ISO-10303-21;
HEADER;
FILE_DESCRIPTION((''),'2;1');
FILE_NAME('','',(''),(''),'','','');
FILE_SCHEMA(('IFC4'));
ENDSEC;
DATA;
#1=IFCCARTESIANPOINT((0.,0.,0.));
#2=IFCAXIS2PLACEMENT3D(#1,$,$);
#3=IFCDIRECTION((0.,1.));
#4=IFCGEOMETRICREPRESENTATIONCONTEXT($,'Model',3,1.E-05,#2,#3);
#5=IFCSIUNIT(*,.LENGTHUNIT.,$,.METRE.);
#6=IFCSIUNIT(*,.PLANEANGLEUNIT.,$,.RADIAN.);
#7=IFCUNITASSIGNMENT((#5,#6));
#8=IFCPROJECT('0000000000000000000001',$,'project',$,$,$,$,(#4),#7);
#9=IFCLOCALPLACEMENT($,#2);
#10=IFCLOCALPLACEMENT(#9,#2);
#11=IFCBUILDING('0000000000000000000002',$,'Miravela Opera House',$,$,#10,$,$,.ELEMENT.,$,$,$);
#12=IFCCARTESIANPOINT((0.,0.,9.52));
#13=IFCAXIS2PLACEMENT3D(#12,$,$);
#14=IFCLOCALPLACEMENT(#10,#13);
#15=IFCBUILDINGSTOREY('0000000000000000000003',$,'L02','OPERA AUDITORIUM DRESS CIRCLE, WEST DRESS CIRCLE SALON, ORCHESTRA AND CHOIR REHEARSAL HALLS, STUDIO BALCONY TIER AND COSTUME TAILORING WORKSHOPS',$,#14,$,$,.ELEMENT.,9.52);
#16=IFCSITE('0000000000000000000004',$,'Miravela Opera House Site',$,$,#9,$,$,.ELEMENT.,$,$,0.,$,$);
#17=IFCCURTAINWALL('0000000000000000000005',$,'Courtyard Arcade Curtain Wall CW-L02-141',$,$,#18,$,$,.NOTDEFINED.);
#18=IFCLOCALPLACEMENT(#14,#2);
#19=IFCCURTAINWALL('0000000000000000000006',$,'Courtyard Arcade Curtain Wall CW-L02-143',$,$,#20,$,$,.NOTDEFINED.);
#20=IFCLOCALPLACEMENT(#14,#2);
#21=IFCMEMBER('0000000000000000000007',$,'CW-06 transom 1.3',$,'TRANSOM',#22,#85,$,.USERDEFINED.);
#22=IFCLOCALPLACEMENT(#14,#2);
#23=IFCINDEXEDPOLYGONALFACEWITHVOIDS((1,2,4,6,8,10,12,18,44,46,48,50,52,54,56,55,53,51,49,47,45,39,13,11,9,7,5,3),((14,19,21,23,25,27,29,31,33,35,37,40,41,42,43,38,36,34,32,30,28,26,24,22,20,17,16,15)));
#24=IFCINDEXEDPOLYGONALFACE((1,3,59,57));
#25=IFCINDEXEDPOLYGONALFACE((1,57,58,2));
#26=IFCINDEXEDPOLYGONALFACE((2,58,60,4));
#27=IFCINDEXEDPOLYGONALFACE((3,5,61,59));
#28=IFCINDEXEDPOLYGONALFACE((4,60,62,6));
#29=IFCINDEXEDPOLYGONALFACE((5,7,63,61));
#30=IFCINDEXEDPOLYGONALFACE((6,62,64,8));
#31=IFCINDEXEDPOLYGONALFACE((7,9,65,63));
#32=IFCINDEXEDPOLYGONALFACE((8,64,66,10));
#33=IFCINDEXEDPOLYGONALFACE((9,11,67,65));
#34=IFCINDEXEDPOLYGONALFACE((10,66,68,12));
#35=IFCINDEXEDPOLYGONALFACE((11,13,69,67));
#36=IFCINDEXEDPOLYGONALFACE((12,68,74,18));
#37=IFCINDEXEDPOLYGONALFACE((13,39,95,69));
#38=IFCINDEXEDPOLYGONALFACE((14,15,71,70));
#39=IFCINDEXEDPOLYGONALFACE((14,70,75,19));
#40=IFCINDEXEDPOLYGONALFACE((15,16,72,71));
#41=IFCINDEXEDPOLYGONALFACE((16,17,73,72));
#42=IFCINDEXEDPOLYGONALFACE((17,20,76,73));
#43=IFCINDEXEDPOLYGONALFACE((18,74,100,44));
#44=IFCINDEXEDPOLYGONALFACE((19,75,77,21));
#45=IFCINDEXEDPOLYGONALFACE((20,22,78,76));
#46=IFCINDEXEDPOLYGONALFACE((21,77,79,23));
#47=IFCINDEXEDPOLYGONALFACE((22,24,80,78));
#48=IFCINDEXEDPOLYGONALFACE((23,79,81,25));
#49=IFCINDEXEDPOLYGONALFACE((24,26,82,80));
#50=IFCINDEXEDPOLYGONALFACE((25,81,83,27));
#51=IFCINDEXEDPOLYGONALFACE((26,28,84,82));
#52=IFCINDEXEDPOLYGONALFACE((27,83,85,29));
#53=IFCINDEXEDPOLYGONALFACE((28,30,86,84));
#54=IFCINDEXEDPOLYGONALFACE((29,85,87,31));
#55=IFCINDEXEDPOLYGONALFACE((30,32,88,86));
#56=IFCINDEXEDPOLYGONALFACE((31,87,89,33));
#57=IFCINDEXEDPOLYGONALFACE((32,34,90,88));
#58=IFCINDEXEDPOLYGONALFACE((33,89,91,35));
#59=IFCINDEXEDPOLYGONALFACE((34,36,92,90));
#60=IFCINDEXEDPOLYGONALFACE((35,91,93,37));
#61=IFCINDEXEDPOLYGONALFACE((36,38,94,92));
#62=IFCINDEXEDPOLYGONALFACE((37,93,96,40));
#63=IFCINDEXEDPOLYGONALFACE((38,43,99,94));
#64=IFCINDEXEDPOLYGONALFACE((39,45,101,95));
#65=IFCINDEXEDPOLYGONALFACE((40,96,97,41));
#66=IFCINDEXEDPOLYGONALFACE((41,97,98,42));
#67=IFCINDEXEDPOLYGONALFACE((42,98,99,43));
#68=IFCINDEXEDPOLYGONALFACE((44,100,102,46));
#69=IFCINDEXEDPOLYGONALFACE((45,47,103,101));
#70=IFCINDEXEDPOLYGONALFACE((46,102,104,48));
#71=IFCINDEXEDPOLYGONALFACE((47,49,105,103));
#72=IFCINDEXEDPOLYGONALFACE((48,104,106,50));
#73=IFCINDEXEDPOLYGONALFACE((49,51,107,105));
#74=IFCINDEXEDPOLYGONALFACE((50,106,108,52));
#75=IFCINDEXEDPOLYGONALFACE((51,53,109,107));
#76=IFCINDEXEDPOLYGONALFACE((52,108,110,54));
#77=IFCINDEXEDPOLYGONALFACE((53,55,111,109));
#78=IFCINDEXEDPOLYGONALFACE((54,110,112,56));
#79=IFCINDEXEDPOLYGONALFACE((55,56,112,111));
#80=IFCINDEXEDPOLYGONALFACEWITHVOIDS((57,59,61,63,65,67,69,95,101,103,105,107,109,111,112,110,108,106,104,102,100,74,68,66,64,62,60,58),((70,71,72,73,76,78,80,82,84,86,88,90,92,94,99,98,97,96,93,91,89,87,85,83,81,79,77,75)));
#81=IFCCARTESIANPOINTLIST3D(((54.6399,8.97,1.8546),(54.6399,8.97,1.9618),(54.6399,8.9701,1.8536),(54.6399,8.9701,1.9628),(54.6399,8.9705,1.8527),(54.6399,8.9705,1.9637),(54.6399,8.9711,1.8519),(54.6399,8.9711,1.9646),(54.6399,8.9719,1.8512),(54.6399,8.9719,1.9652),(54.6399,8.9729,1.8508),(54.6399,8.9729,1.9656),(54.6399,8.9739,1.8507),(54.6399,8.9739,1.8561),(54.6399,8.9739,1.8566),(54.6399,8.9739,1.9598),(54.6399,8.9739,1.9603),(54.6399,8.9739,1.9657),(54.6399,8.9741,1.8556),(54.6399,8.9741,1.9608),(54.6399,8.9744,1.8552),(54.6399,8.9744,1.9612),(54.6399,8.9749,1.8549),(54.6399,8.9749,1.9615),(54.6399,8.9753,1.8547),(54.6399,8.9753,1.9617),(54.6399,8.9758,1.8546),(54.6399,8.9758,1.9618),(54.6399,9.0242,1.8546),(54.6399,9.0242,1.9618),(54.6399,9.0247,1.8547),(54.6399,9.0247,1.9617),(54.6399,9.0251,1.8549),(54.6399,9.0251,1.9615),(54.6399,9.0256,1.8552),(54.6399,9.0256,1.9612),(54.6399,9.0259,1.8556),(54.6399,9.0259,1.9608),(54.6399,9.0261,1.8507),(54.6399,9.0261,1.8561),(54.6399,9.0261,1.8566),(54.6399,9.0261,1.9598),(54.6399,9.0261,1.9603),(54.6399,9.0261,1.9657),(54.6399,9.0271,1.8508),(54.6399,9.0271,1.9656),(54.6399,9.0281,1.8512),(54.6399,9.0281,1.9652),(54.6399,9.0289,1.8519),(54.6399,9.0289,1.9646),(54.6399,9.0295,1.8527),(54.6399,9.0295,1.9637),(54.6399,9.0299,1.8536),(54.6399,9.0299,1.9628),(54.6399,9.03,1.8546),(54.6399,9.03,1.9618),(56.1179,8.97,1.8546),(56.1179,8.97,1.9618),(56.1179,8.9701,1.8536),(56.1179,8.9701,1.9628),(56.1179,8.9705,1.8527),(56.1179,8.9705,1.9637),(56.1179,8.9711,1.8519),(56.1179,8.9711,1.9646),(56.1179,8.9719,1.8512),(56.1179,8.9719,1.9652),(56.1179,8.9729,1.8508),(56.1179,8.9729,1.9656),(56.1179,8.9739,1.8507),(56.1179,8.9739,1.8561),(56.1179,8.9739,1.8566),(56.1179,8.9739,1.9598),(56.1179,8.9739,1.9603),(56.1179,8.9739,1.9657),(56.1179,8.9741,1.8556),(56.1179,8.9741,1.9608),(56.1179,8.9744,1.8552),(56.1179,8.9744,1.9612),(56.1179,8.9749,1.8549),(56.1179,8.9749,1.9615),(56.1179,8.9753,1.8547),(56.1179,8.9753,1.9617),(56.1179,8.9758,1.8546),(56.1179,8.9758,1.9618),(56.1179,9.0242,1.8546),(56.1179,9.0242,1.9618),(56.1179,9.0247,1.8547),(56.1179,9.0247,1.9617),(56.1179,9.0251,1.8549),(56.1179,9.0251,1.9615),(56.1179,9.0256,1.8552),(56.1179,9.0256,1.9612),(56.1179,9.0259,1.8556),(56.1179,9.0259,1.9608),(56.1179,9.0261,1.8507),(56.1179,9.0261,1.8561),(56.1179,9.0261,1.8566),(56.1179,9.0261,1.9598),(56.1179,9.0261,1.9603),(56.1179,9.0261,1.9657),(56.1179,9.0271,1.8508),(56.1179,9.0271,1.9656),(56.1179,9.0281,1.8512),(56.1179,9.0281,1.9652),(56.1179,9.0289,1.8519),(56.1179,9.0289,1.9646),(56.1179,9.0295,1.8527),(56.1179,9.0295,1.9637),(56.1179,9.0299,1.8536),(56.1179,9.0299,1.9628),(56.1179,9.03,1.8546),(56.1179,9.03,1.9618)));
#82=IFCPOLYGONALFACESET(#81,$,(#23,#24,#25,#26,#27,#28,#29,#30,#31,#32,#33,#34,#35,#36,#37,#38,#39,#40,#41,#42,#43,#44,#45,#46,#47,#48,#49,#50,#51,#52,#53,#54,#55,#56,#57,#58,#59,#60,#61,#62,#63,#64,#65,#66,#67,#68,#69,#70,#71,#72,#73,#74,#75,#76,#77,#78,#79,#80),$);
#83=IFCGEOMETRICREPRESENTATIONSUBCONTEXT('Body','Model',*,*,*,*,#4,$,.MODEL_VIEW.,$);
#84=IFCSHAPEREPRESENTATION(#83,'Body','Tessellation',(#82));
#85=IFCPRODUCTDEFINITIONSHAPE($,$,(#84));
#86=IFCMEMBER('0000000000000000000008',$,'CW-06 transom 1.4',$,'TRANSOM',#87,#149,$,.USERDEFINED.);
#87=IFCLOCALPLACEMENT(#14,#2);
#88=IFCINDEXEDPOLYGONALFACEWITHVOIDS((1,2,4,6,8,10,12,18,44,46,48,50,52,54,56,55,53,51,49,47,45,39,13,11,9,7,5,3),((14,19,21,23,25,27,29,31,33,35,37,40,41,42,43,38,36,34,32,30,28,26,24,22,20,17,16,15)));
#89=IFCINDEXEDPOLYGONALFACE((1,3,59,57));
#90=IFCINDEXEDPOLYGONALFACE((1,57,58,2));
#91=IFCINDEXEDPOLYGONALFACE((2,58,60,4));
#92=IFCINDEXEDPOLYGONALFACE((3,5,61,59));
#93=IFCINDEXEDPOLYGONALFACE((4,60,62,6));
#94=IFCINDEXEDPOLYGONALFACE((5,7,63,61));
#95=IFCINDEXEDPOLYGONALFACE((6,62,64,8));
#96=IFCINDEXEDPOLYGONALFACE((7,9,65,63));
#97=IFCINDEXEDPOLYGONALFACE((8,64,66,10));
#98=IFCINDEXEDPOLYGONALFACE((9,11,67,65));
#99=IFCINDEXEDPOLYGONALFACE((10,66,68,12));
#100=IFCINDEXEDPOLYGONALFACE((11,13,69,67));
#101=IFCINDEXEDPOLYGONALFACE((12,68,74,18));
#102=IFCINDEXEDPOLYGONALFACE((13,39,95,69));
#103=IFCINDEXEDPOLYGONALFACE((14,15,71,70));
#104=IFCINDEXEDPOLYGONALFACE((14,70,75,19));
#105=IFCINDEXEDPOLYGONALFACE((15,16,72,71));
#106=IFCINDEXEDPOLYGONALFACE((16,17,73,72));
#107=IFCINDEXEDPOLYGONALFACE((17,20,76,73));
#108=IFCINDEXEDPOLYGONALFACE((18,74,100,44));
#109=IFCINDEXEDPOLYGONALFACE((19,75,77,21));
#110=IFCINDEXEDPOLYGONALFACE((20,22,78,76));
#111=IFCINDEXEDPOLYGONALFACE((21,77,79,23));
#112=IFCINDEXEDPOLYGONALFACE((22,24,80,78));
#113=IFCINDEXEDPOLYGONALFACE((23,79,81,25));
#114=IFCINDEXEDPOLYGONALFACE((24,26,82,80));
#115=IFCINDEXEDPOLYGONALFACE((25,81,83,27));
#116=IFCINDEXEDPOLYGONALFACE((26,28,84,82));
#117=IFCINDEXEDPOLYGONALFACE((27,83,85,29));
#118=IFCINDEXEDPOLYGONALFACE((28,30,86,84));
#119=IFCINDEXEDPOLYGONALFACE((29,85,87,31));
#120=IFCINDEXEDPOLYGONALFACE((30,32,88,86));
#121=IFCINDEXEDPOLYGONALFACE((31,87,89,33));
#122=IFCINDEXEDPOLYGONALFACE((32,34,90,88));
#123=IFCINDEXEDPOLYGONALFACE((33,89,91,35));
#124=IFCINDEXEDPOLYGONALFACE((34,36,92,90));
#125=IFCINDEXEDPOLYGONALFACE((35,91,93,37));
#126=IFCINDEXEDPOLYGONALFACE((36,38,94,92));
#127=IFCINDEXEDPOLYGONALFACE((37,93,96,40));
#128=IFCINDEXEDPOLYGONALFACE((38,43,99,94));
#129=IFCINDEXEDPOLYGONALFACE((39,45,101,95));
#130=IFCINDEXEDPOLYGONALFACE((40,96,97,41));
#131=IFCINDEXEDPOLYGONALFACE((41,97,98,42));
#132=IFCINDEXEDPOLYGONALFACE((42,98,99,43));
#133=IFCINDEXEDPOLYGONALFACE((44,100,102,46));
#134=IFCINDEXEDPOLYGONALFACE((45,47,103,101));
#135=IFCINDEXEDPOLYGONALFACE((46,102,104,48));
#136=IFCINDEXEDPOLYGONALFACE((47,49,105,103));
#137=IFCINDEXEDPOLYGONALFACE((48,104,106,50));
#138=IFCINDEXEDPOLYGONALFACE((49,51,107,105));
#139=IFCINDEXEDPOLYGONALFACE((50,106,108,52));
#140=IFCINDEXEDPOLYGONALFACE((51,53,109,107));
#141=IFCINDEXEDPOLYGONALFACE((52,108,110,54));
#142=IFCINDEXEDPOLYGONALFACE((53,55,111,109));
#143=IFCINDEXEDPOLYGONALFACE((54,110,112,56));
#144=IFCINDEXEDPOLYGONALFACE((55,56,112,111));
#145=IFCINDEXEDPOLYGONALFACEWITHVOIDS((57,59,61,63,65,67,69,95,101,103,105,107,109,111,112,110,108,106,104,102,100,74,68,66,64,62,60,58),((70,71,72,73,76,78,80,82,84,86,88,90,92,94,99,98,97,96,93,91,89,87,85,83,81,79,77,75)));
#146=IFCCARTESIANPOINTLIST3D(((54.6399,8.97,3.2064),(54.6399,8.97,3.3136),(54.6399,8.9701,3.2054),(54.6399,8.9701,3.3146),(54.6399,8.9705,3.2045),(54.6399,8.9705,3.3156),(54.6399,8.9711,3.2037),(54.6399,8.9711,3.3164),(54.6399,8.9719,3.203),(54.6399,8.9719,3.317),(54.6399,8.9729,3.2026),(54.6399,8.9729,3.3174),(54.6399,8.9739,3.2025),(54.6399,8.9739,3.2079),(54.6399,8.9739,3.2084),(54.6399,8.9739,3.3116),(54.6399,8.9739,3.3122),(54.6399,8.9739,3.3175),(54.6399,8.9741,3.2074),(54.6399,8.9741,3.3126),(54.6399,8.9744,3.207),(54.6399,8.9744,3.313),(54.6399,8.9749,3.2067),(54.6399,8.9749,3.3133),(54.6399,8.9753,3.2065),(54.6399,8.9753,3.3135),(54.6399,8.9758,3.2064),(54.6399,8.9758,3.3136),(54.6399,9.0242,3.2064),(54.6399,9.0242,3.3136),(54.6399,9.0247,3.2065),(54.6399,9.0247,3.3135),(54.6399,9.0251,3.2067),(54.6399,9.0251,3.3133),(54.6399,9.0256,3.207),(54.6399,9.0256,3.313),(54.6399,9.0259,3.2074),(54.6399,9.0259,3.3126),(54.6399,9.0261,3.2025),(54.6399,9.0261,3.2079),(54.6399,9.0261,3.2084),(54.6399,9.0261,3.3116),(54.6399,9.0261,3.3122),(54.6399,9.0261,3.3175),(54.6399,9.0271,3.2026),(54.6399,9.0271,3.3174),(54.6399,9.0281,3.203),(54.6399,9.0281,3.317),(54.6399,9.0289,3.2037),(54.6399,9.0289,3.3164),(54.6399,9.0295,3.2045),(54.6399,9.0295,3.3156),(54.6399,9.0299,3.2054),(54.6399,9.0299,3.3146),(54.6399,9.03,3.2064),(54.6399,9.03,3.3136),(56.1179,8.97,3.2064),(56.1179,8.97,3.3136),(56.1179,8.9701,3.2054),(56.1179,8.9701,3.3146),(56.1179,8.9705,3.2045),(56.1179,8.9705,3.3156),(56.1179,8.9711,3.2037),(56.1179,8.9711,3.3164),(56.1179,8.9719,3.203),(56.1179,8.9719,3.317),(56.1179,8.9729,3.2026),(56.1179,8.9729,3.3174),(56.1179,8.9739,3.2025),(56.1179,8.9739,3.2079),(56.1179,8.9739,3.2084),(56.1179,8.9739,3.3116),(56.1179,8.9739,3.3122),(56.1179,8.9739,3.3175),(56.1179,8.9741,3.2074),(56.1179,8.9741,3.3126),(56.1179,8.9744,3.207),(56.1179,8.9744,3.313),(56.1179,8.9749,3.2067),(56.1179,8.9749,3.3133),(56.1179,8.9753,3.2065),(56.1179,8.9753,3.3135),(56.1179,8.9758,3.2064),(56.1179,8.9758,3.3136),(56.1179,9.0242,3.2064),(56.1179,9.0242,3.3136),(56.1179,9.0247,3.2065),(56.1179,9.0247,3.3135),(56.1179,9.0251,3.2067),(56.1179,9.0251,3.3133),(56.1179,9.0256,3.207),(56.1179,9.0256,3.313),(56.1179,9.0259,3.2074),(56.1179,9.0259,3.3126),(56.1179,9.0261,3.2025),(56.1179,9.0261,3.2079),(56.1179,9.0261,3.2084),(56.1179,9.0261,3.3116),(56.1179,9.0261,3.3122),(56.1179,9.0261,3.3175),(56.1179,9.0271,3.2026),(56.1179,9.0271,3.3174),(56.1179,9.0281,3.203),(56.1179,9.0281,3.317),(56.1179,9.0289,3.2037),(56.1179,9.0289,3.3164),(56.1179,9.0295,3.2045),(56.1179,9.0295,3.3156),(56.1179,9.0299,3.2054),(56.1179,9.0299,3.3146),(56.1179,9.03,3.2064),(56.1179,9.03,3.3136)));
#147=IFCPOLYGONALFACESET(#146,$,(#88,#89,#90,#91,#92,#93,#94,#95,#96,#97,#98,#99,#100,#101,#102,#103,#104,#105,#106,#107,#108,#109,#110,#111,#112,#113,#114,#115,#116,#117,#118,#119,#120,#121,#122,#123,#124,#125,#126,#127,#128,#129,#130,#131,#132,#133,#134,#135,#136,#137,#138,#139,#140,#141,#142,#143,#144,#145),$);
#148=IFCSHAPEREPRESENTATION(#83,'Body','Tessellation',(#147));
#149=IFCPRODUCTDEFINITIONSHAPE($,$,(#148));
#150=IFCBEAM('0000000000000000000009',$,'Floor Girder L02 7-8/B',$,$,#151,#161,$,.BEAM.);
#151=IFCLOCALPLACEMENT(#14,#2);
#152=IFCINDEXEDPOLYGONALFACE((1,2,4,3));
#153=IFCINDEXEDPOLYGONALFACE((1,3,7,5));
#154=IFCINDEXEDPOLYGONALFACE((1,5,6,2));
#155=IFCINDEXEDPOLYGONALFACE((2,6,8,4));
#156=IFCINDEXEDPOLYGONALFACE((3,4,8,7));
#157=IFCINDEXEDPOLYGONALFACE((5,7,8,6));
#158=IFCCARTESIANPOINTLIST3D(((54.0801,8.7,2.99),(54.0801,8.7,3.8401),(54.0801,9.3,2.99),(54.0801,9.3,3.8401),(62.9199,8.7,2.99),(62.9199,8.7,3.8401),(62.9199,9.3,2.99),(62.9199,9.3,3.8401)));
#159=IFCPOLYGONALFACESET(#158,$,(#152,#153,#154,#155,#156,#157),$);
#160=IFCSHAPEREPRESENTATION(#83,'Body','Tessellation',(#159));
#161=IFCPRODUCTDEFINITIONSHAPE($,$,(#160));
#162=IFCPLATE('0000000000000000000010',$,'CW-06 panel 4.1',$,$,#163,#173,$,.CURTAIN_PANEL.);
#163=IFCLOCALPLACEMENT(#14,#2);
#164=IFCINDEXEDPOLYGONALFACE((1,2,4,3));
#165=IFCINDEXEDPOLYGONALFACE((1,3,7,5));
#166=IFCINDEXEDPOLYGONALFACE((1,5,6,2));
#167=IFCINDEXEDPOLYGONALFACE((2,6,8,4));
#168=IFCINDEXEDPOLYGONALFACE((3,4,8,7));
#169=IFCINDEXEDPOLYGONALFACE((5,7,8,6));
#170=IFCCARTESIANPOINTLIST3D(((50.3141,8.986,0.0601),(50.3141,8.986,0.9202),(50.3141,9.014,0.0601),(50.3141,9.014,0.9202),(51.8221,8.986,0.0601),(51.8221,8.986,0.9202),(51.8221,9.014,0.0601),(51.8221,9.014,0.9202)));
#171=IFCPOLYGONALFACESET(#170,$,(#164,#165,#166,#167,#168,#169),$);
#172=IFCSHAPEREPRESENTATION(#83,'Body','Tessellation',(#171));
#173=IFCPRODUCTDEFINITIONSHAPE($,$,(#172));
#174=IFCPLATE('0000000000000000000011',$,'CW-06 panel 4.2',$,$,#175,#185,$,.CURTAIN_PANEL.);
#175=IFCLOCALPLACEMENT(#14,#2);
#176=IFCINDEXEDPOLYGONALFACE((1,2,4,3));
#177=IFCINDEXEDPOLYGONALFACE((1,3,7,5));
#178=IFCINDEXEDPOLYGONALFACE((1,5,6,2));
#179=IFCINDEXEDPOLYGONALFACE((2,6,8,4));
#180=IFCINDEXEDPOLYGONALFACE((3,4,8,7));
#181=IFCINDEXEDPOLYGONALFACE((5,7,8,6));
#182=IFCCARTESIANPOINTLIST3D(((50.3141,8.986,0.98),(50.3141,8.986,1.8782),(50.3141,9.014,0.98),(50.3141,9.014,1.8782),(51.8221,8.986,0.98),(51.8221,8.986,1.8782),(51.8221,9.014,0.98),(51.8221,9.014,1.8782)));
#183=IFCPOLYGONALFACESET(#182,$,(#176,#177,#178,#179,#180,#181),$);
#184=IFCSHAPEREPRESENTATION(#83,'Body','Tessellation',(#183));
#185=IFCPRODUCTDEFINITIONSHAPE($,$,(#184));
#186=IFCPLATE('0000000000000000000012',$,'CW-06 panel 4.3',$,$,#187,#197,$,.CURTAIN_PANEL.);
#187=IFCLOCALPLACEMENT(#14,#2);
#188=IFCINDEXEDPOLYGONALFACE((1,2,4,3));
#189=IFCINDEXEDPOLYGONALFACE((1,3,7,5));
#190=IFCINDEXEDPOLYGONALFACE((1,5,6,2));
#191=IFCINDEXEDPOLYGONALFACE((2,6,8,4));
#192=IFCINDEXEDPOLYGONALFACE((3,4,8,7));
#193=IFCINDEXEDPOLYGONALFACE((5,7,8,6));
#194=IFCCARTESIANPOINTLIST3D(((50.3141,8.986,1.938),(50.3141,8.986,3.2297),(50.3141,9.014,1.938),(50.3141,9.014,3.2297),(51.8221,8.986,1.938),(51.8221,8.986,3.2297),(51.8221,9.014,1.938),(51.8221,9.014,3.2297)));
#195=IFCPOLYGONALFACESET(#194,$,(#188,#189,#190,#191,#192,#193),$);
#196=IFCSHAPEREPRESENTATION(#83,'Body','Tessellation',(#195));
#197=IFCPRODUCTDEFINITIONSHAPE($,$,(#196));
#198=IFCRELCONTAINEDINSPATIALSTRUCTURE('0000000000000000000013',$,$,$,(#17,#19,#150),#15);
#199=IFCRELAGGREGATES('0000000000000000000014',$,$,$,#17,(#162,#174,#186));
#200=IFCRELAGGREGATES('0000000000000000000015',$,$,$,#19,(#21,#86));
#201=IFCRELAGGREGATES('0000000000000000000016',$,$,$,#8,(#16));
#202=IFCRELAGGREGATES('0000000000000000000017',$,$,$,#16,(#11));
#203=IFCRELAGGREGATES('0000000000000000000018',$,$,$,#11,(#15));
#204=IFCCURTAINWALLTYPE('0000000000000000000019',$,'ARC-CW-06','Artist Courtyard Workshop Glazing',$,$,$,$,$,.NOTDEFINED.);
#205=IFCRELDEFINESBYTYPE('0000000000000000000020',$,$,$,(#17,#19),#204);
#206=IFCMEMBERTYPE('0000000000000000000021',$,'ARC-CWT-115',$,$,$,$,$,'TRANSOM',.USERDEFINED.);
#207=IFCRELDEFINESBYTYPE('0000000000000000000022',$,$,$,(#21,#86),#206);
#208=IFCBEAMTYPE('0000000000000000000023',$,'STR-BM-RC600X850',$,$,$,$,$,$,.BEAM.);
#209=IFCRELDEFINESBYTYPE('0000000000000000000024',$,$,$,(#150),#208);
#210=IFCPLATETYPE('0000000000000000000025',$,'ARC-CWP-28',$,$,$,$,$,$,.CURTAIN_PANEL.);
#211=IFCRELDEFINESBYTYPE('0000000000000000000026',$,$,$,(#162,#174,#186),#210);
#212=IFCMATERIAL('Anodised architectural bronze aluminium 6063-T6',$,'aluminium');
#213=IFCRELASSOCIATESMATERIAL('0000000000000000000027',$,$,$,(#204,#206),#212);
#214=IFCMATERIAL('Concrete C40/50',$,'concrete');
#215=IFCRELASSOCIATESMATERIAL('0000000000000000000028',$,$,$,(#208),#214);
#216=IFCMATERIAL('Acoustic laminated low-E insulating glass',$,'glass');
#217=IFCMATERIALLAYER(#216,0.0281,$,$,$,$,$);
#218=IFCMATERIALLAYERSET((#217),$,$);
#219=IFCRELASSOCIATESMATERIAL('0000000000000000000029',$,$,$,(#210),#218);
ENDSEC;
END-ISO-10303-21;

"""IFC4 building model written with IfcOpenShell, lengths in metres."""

from ifc_helpers import new_model, si_unit, direction, frame, origin, origin_2d, place, context, subcontext, project, spatial, rectangle, hollow_rectangle, extrude, material, layer, layer_set, material_profile, profile_set, type_object, element, aggregate, save


model = new_model("IFC4")

# Units and contexts
model_context = context("Model", 3, precision=1e-05, world=origin(), true_north=direction((0.0, 1.0)))
body_context = subcontext(model_context, "Body", "Model", "MODEL_VIEW")
ifc_project = project(units=[si_unit("LENGTHUNIT", "METRE"), si_unit("PLANEANGLEUNIT", "RADIAN")], contexts=[model_context])

# Site, building, storey
site_placement = place(None, origin())
site = spatial("IfcSite", under=ifc_project, at=site_placement, Name="Miravela Opera House Site", CompositionType="ELEMENT", RefElevation=0.0)
building_placement = place(site_placement, origin())
building = spatial("IfcBuilding", under=site, at=building_placement, Name="Miravela Opera House", CompositionType="ELEMENT")
storey_placement = place(building_placement, frame((0.0, 0.0, 9.52)))
storey = spatial("IfcBuildingStorey", under=building, at=storey_placement, Name="L02", Description="OPERA AUDITORIUM DRESS CIRCLE, WEST DRESS CIRCLE SALON, ORCHESTRA AND CHOIR REHEARSAL HALLS, STUDIO BALCONY TIER AND COSTUME TAILORING WORKSHOPS", CompositionType="ELEMENT", Elevation=9.52)

# Curtain walls
ifc_material_1 = material(Name="Anodised architectural bronze aluminium 6063-T6", Category="aluminium")
curtain_wall_type = type_object("IfcCurtainWallType", Name="ARC-CW-06", Description="Artist Courtyard Workshop Glazing", PredefinedType="NOTDEFINED", material=ifc_material_1)
curtain_wall_1_placement = place(storey_placement, origin())
curtain_wall_1 = element("IfcCurtainWall", 1, at=curtain_wall_1_placement, inside=storey, type_object=curtain_wall_type, Name="Courtyard Arcade Curtain Wall CW-L02-141", PredefinedType="NOTDEFINED")
curtain_wall_2_placement = place(storey_placement, origin())
curtain_wall_2 = element("IfcCurtainWall", 2, at=curtain_wall_2_placement, inside=storey, type_object=curtain_wall_type, Name="Courtyard Arcade Curtain Wall CW-L02-143", PredefinedType="NOTDEFINED")

# Members
ifc_material_profile_1 = material_profile(ifc_material_1, hollow_rectangle(XDim=0.0601, YDim=0.115, WallThickness=0.0039, InnerFilletRadius=0.002, OuterFilletRadius=0.0039, at=origin_2d()), Name="CWT-60X115")
ifc_profile_set_1 = profile_set([ifc_material_profile_1])
member_type_1 = type_object("IfcMemberType", Name="ARC-CWT-115", ElementType="TRANSOM", PredefinedType="USERDEFINED", material=ifc_profile_set_1)
member_1_placement = place(storey_placement, frame((54.6399, 9.0, 1.9082), z_axis=(1.0, 0.0, 0.0), x_axis=(0.0, 1.0, 0.0)))
member_1 = element("IfcMember", 3, at=member_1_placement, type_object=member_type_1, Name="CW-06 transom 1.3", ObjectType="TRANSOM", PredefinedType="USERDEFINED", context=body_context, shape_type="SweptSolid", body=[
    extrude(hollow_rectangle(XDim=0.0601, YDim=0.115, WallThickness=0.0039, InnerFilletRadius=0.002, OuterFilletRadius=0.0039, at=origin_2d()), origin(), (0.0, 0.0, 1.0), 1.478),
])
member_2_placement = place(storey_placement, frame((54.6399, 9.0, 3.26), z_axis=(1.0, 0.0, 0.0), x_axis=(0.0, 1.0, 0.0)))
member_2 = element("IfcMember", 4, at=member_2_placement, type_object=member_type_1, Name="CW-06 transom 1.4", ObjectType="TRANSOM", PredefinedType="USERDEFINED", context=body_context, shape_type="SweptSolid", body=[
    extrude(hollow_rectangle(XDim=0.0601, YDim=0.115, WallThickness=0.0039, InnerFilletRadius=0.002, OuterFilletRadius=0.0039, at=origin_2d()), origin(), (0.0, 0.0, 1.0), 1.478),
])

# Beam
ifc_material_2 = material(Name="Concrete C40/50", Category="concrete")
ifc_material_profile_2 = material_profile(ifc_material_2, rectangle(XDim=0.6001, YDim=0.8501, at=origin_2d()), Name="RC-BM-600X850")
ifc_profile_set_2 = profile_set([ifc_material_profile_2])
beam_type = type_object("IfcBeamType", Name="STR-BM-RC600X850", PredefinedType="BEAM", material=ifc_profile_set_2)
beam_placement = place(storey_placement, frame((54.0801, 9.0, 3.415), z_axis=(1.0, 0.0, 0.0), x_axis=(0.0, 1.0, 0.0)))
element("IfcBeam", 5, at=beam_placement, inside=storey, type_object=beam_type, Name="Floor Girder L02 7-8/B", PredefinedType="BEAM", context=body_context, shape_type="SweptSolid", body=[
    extrude(rectangle(XDim=0.6001, YDim=0.8501, at=origin_2d()), origin(), (0.0, 0.0, 1.0), 8.8398),
])

# Plates
ifc_material_3 = material(Name="Acoustic laminated low-E insulating glass", Category="glass")
ifc_layer_1 = layer(ifc_material_3, 0.0281)
ifc_layer_set_1 = layer_set([ifc_layer_1])
plate_type = type_object("IfcPlateType", Name="ARC-CWP-28", PredefinedType="CURTAIN_PANEL", material=ifc_layer_set_1)
plate_1_placement = place(storey_placement, frame((51.0681, 9.0, 0.0601), z_axis=(0.0, 0.0, 1.0), x_axis=(1.0, 0.0, 0.0)))
plate_1 = element("IfcPlate", 6, at=plate_1_placement, type_object=plate_type, Name="CW-06 panel 4.1", PredefinedType="CURTAIN_PANEL", context=body_context, shape_type="SweptSolid", body=[
    extrude(rectangle(XDim=1.5081, YDim=0.0281, at=origin_2d()), origin(), (0.0, 0.0, 1.0), 0.8601),
])
plate_2_placement = place(storey_placement, frame((51.0681, 9.0, 0.98), z_axis=(0.0, 0.0, 1.0), x_axis=(1.0, 0.0, 0.0)))
plate_2 = element("IfcPlate", 7, at=plate_2_placement, type_object=plate_type, Name="CW-06 panel 4.2", PredefinedType="CURTAIN_PANEL", context=body_context, shape_type="SweptSolid", body=[
    extrude(rectangle(XDim=1.5081, YDim=0.0281, at=origin_2d()), origin(), (0.0, 0.0, 1.0), 0.8982),
])
plate_3_placement = place(storey_placement, frame((51.0681, 9.0, 1.938), z_axis=(0.0, 0.0, 1.0), x_axis=(1.0, 0.0, 0.0)))
plate_3 = element("IfcPlate", 8, at=plate_3_placement, type_object=plate_type, Name="CW-06 panel 4.3", PredefinedType="CURTAIN_PANEL", context=body_context, shape_type="SweptSolid", body=[
    extrude(rectangle(XDim=1.5081, YDim=0.0281, at=origin_2d()), origin(), (0.0, 0.0, 1.0), 1.2917),
])
aggregate(curtain_wall_1, [plate_1, plate_2, plate_3])
aggregate(curtain_wall_2, [member_1, member_2])

save(model, "model.ifc")
